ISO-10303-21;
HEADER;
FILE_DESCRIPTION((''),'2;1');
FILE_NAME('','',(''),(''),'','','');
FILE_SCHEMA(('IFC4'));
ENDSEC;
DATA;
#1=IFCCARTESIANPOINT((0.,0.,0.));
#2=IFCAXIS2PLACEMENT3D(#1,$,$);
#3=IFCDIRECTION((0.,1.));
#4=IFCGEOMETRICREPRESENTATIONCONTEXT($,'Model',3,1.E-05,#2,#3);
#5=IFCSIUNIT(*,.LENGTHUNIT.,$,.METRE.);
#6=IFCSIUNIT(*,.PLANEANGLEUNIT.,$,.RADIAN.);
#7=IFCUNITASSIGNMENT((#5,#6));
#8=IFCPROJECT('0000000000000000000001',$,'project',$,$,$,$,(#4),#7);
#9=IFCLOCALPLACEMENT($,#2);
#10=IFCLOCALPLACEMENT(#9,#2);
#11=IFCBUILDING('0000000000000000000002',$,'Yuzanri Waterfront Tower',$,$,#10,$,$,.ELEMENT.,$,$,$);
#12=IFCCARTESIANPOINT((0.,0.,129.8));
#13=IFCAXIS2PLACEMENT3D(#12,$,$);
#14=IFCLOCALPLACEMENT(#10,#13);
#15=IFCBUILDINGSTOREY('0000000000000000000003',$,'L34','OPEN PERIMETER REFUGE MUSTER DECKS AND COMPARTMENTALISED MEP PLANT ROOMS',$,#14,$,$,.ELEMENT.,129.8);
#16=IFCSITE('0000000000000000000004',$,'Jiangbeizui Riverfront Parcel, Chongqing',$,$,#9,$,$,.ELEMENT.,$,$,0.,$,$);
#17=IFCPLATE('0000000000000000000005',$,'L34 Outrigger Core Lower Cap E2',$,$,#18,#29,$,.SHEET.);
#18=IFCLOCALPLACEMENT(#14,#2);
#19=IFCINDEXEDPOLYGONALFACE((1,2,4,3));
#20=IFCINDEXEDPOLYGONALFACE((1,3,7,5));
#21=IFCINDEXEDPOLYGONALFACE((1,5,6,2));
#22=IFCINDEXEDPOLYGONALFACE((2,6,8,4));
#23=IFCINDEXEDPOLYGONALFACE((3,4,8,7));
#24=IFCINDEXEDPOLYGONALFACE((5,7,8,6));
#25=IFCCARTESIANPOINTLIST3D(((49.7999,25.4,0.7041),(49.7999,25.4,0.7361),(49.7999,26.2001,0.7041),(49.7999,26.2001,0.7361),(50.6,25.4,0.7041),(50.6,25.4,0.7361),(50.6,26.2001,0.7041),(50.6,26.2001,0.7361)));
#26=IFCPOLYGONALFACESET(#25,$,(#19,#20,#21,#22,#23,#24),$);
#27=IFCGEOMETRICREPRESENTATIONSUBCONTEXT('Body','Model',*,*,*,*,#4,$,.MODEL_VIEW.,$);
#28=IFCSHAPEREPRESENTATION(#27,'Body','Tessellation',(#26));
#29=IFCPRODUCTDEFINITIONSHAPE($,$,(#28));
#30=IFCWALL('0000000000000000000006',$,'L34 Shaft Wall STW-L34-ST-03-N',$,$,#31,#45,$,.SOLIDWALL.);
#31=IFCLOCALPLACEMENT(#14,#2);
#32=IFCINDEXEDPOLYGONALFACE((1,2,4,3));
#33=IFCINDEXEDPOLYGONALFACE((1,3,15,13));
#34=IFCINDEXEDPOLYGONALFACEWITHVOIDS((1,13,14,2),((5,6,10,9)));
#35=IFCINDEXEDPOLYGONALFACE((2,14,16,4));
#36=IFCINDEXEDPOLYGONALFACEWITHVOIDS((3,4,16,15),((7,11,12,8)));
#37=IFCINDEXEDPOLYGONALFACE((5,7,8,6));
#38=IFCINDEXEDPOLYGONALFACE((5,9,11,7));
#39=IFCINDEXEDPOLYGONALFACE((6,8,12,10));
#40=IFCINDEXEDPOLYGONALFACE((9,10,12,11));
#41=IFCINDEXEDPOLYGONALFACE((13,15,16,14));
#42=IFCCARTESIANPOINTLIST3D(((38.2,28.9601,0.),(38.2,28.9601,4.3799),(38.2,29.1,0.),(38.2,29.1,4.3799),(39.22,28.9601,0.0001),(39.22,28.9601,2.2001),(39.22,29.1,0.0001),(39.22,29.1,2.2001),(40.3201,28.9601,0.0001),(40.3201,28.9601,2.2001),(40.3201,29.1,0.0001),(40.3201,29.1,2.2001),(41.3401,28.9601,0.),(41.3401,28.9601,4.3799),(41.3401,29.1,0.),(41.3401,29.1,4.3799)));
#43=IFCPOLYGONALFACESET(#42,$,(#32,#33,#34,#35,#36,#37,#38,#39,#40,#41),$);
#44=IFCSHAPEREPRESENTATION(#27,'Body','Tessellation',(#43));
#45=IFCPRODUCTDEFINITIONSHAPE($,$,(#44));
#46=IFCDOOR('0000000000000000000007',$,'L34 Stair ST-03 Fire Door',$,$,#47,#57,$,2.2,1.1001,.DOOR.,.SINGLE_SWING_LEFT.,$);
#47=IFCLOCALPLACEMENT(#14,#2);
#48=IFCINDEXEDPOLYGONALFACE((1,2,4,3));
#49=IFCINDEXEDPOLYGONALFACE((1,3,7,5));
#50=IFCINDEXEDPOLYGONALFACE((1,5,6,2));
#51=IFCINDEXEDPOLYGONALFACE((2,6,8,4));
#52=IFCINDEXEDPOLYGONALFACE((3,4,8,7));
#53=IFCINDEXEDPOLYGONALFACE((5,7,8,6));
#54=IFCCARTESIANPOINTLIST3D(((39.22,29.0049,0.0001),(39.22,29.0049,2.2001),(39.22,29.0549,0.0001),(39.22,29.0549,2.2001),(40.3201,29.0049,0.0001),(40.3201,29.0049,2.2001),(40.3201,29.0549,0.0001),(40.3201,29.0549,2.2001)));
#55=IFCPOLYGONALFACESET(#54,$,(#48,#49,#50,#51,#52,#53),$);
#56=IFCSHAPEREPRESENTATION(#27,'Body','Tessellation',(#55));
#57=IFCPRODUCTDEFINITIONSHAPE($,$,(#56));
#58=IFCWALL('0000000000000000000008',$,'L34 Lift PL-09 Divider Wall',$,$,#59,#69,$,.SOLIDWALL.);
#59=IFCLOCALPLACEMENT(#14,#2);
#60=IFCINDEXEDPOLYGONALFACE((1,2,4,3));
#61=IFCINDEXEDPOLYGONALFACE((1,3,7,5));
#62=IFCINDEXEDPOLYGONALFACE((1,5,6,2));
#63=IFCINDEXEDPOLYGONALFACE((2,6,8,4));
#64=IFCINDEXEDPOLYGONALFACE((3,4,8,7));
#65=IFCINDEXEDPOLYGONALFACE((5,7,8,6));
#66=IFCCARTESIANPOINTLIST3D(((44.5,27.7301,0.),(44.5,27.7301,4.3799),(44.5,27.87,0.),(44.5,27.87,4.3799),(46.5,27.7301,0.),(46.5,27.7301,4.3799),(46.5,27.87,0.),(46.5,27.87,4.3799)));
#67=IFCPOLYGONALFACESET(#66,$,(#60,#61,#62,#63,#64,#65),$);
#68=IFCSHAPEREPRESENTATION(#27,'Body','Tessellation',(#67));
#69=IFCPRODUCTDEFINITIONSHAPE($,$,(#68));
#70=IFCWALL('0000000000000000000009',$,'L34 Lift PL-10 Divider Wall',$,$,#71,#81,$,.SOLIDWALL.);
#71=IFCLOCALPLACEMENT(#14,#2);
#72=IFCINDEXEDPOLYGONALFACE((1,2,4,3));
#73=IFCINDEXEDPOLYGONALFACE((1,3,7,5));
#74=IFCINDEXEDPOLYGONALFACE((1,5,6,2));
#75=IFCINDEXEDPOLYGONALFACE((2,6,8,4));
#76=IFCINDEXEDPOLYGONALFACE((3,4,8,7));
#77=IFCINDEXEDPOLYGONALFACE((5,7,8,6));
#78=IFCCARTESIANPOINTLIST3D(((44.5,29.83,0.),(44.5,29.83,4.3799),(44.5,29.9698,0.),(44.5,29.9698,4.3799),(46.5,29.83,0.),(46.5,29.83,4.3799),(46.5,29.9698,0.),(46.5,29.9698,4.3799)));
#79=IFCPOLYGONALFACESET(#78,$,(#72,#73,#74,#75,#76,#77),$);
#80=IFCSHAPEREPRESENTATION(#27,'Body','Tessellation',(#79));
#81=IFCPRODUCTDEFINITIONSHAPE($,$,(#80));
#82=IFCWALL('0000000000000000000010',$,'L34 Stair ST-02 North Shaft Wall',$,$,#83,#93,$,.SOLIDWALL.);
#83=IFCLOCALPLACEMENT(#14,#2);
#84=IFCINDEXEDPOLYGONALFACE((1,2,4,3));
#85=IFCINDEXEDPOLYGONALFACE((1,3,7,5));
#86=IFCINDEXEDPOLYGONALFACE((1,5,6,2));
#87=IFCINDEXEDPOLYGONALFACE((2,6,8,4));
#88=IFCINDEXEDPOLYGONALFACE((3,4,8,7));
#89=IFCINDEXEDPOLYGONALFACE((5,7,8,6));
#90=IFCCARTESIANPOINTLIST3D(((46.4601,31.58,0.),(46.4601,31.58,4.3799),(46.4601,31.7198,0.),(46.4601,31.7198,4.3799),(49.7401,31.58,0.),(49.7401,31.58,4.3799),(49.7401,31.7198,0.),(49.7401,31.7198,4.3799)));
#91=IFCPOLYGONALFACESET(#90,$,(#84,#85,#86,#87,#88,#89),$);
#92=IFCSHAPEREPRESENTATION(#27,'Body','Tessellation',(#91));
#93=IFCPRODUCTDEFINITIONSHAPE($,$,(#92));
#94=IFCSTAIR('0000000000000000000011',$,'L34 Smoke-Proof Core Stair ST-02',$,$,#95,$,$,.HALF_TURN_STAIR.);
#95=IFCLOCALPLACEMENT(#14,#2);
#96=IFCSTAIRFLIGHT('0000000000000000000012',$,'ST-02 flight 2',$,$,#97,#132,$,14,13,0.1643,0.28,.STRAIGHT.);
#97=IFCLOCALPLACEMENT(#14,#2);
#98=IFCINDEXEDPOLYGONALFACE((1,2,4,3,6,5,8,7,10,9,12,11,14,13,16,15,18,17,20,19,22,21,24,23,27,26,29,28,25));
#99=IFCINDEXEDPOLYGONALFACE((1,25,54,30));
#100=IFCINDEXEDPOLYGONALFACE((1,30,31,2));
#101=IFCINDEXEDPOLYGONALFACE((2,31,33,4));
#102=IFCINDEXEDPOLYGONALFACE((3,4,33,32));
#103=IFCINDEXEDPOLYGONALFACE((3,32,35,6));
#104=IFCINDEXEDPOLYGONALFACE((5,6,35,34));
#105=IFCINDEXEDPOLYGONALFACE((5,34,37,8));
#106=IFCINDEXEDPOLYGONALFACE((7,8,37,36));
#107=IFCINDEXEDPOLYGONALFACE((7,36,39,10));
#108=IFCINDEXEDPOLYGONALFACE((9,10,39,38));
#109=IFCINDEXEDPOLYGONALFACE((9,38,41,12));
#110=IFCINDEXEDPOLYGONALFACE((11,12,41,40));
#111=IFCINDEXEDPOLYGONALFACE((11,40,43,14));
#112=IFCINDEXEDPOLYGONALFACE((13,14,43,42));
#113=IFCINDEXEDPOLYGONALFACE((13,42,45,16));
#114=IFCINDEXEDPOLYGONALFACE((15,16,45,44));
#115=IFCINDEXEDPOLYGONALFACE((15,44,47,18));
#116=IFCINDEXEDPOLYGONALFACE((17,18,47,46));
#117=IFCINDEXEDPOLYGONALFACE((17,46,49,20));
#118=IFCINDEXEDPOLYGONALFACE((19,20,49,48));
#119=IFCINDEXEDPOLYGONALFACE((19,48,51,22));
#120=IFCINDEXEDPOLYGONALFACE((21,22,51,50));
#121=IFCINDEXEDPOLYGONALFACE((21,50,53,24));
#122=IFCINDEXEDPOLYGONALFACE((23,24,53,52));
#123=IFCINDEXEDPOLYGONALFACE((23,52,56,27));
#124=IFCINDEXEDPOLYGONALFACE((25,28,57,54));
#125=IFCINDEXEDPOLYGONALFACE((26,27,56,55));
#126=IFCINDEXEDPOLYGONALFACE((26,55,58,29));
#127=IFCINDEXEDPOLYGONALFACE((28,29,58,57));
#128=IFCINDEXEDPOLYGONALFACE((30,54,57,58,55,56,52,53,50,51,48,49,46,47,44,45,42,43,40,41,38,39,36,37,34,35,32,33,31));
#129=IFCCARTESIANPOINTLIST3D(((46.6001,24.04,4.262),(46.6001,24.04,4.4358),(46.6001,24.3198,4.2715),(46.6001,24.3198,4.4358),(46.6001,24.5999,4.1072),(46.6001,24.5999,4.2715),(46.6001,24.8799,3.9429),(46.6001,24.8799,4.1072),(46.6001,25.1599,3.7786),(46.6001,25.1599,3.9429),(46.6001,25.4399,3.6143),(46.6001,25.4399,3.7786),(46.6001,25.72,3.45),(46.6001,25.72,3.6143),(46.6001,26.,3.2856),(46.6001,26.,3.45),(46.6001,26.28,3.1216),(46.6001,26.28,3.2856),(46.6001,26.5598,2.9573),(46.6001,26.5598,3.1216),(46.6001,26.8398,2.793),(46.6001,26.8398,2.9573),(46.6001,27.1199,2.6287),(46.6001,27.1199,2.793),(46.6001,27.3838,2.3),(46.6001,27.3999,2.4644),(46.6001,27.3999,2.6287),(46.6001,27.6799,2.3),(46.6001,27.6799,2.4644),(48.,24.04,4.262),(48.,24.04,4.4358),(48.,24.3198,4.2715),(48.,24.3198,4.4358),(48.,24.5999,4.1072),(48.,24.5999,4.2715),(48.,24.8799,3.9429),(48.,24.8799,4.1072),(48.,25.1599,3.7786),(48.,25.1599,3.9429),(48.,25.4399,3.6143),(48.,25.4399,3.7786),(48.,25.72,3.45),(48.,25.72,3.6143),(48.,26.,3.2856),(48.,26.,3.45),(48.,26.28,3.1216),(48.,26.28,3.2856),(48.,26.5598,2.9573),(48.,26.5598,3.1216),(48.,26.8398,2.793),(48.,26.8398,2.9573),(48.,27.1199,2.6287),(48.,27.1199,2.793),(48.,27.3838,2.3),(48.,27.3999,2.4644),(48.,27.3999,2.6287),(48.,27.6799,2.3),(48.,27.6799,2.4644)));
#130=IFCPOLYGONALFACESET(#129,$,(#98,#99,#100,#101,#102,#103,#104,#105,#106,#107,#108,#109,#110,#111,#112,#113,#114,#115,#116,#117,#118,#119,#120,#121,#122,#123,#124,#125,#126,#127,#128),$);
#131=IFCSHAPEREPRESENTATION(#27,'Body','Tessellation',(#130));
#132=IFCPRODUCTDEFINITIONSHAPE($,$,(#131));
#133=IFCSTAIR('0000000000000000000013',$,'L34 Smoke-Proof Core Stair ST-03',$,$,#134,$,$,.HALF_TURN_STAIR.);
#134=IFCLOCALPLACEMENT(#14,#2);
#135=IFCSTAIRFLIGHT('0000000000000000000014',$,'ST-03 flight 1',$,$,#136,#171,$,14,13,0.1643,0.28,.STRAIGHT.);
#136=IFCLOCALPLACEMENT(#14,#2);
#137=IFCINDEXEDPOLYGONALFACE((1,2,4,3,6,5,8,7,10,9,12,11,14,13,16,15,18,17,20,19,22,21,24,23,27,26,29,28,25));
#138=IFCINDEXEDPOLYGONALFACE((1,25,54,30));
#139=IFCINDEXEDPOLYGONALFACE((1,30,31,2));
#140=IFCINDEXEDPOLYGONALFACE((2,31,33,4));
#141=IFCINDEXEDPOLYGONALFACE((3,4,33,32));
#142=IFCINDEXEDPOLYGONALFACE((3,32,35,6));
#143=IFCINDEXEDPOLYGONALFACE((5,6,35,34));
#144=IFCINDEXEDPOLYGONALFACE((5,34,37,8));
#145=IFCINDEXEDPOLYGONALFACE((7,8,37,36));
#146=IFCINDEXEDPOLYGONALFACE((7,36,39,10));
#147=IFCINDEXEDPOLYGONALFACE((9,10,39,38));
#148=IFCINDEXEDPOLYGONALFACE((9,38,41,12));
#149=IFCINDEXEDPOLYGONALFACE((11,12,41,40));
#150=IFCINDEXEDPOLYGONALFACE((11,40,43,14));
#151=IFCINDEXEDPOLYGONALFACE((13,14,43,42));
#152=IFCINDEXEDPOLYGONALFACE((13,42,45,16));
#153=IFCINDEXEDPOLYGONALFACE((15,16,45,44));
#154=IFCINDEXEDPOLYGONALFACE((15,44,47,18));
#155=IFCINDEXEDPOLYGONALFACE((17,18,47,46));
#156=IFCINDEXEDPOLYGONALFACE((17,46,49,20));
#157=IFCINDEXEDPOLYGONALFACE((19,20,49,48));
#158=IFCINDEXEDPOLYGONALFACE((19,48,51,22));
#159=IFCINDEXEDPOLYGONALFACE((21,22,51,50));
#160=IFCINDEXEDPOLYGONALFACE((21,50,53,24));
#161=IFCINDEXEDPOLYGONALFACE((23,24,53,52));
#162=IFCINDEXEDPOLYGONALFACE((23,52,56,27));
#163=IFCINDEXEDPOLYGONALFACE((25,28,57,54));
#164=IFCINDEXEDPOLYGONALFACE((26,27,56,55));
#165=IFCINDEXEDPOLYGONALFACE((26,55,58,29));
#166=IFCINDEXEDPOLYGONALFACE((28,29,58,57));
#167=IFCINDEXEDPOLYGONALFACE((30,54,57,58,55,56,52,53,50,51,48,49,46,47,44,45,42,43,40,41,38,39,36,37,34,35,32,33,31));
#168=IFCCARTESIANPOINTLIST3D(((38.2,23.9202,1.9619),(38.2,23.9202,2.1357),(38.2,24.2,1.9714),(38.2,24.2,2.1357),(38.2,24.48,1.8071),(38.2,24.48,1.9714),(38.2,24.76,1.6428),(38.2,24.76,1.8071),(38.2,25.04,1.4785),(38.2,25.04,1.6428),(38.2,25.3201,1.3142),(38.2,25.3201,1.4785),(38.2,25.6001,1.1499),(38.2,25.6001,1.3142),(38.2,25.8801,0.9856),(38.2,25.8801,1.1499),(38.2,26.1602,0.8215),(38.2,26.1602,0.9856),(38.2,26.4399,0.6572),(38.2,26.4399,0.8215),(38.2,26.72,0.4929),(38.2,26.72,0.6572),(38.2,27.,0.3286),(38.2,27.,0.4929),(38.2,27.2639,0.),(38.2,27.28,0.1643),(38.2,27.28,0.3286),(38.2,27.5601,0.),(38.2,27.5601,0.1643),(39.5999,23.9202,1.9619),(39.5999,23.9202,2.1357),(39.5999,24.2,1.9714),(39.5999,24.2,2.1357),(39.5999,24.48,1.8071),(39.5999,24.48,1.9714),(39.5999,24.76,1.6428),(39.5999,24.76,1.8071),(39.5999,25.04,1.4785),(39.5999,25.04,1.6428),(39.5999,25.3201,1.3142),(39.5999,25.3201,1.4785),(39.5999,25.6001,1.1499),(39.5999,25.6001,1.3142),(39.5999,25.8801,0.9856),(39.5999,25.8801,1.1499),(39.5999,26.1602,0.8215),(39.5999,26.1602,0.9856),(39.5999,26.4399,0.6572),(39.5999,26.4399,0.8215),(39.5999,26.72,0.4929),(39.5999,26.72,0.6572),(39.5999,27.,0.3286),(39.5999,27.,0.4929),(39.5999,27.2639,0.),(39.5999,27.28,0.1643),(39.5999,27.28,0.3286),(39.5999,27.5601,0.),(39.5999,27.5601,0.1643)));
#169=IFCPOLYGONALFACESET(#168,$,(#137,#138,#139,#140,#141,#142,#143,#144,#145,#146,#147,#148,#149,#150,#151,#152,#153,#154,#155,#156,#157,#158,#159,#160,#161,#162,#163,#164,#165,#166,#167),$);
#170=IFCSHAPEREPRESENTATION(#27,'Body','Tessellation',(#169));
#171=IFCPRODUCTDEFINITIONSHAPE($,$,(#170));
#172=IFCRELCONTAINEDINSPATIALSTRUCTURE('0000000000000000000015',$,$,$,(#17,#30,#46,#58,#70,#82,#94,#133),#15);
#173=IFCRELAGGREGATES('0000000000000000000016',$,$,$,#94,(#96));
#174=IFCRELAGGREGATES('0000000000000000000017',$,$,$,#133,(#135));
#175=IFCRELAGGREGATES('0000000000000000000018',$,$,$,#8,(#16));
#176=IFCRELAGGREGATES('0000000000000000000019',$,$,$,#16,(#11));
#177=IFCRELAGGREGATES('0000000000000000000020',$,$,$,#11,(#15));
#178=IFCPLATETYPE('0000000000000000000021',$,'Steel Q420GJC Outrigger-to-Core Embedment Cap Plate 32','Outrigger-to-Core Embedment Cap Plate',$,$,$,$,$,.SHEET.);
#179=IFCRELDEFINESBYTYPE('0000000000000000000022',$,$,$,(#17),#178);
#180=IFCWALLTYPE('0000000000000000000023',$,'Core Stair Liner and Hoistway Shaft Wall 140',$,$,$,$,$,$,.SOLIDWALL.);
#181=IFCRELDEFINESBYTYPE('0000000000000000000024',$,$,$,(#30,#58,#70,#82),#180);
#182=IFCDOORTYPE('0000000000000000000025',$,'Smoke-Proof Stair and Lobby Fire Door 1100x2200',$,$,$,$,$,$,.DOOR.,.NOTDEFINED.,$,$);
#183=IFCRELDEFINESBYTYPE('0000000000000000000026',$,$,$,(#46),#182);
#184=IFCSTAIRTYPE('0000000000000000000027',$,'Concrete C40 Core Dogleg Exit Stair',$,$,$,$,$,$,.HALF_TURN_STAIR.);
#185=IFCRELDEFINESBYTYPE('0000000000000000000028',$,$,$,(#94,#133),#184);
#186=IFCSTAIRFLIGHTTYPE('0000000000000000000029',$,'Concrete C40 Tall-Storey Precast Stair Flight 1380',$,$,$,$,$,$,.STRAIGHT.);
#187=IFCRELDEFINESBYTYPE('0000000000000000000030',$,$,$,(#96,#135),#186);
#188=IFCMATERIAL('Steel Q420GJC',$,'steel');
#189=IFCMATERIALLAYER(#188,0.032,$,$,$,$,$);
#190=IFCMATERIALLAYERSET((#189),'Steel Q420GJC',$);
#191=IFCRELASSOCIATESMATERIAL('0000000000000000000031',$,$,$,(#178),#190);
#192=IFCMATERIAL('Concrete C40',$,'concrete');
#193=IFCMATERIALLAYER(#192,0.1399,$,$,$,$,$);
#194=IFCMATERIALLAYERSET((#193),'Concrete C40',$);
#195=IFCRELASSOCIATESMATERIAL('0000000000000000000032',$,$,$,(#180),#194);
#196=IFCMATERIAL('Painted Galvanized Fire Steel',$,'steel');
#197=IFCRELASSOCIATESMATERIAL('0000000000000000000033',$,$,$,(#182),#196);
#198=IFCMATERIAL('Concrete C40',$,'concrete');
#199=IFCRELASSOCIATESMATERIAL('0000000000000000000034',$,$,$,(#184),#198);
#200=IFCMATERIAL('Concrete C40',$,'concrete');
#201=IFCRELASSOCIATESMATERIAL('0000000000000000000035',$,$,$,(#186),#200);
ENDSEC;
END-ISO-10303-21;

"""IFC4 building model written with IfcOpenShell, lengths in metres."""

from ifc_helpers import new_model, si_unit, direction, frame, frame_2d, origin, origin_2d, place, context, subcontext, project, spatial, polyline, rectangle, outline, extrude, source, transform, mapped, material, layer, layer_set, type_object, element, fill, aggregate, save


model = new_model("IFC4")

# Units and contexts
model_context = context("Model", 3, precision=1e-05, world=origin(), true_north=direction((0.0, 1.0)))
body_context = subcontext(model_context, "Body", "Model", "MODEL_VIEW")
ifc_project = project(units=[si_unit("LENGTHUNIT", "METRE"), si_unit("PLANEANGLEUNIT", "RADIAN")], contexts=[model_context])

# Site, building, storey
site_placement = place(None, origin())
site = spatial("IfcSite", under=ifc_project, at=site_placement, Name="Jiangbeizui Riverfront Parcel, Chongqing", CompositionType="ELEMENT", RefElevation=0.0)
building_placement = place(site_placement, origin())
building = spatial("IfcBuilding", under=site, at=building_placement, Name="Yuzanri Waterfront Tower", CompositionType="ELEMENT")
storey_placement = place(building_placement, frame((0.0, 0.0, 129.8)))
storey = spatial("IfcBuildingStorey", under=building, at=storey_placement, Name="L34", Description="OPEN PERIMETER REFUGE MUSTER DECKS AND COMPARTMENTALISED MEP PLANT ROOMS", CompositionType="ELEMENT", Elevation=129.8)

# Plate
ifc_material_1 = material(Name="Steel Q420GJC", Category="steel")
ifc_layer_1 = layer(ifc_material_1, 0.032)
ifc_layer_set_1 = layer_set([ifc_layer_1], Name="Steel Q420GJC")
plate_type = type_object("IfcPlateType", Name="Steel Q420GJC Outrigger-to-Core Embedment Cap Plate 32", Description="Outrigger-to-Core Embedment Cap Plate", PredefinedType="SHEET", material=ifc_layer_set_1)
shared_shape_1 = source(origin(), body_context, "Body", "SweptSolid", [
    extrude(rectangle(XDim=0.8, YDim=0.8, at=origin_2d()), origin(), (0.0, 0.0, 1.0), 0.032),
])
plate_placement = place(storey_placement, frame((50.2, 25.8, 0.7041), z_axis=(0.0, 0.0, 1.0), x_axis=(1.0, 0.0, 0.0)))
element("IfcPlate", 1, at=plate_placement, inside=storey, type_object=plate_type, Name="L34 Outrigger Core Lower Cap E2", PredefinedType="SHEET", context=body_context, shape_type="MappedRepresentation", body=[
    mapped(shared_shape_1, transform((0.0, 0.0, 0.0), scale=1.0)),
])

# Wall, opening, door
ifc_material_2 = material(Name="Concrete C40", Category="concrete")
ifc_layer_2 = layer(ifc_material_2, 0.1399)
ifc_layer_set_2 = layer_set([ifc_layer_2], Name="Concrete C40")
wall_type = type_object("IfcWallType", Name="Core Stair Liner and Hoistway Shaft Wall 140", PredefinedType="SOLIDWALL", material=ifc_layer_set_2)
wall_1_placement = place(storey_placement, frame((38.2, 29.03, 0.0), z_axis=(0.0, 0.0, 1.0), x_axis=(1.0, 0.0, 0.0)))
wall_1 = element("IfcWall", 2, at=wall_1_placement, inside=storey, type_object=wall_type, Name="L34 Shaft Wall STW-L34-ST-03-N", PredefinedType="SOLIDWALL", context=body_context, shape_type="SweptSolid", body=[
    extrude(rectangle(XDim=3.1401, YDim=0.1399, at=frame_2d((1.5701, 0.0))), origin(), (0.0, 0.0, 1.0), 4.3799),
])
opening_placement = place(wall_1_placement, frame((1.02, 0.0, 0.0)))
opening = element("IfcOpeningElement", 3, at=opening_placement, cuts=wall_1, PredefinedType="OPENING", context=body_context, shape_type="SweptSolid", body=[
    extrude(rectangle(XDim=1.1001, YDim=2.2, at=frame_2d((0.55, 1.1001))), frame((0.0, 0.085, 0.0), z_axis=(0.0, -1.0, 0.0), x_axis=(1.0, 0.0, 0.0)), (0.0, 0.0, 1.0), 0.1697),
])
ifc_material_3 = material(Name="Painted Galvanized Fire Steel", Category="steel")
door_type = type_object("IfcDoorType", Name="Smoke-Proof Stair and Lobby Fire Door 1100x2200", OperationType="NOTDEFINED", PredefinedType="DOOR", material=ifc_material_3)
shared_shape_2 = source(origin(), body_context, "Body", "SweptSolid", [
    extrude(rectangle(XDim=1.1001, YDim=2.2, at=frame_2d((0.55, 1.1001))), frame((0.0, 0.0249, 0.0), z_axis=(0.0, -1.0, 0.0), x_axis=(1.0, 0.0, 0.0)), (0.0, 0.0, 1.0), 0.05),
])
door_placement = place(opening_placement, origin())
door = element("IfcDoor", 4, at=door_placement, inside=storey, type_object=door_type, Name="L34 Stair ST-03 Fire Door", OperationType="SINGLE_SWING_LEFT", OverallHeight=2.2, OverallWidth=1.1001, PredefinedType="DOOR", context=body_context, shape_type="MappedRepresentation", body=[
    mapped(shared_shape_2, transform((0.0, 0.0, 0.0), scale=1.0)),
])
fill(opening, door)

# Walls
shared_shape_3 = source(origin(), body_context, "Body", "SweptSolid", [
    extrude(rectangle(XDim=2.0, YDim=0.1399, at=frame_2d((1.0, 0.0))), origin(), (0.0, 0.0, 1.0), 4.3799),
])
for number, where, z_axis, x_axis, name in (
    (5, (44.5, 27.8, 0.0), (0.0, 0.0, 1.0), (1.0, 0.0, 0.0), "L34 Lift PL-09 Divider Wall"),
    (6, (44.5, 29.8999, 0.0), (0.0, 0.0, 1.0), (1.0, 0.0, 0.0), "L34 Lift PL-10 Divider Wall"),
):
    element("IfcWall", number, at=place(storey_placement, frame(where, z_axis=z_axis, x_axis=x_axis)), inside=storey, type_object=wall_type, Name=name, PredefinedType="SOLIDWALL", context=body_context, shape_type="MappedRepresentation", body=[
        mapped(shared_shape_3, transform((0.0, 0.0, 0.0), scale=1.0)),
    ])
shared_shape_4 = source(origin(), body_context, "Body", "SweptSolid", [
    extrude(rectangle(XDim=3.28, YDim=0.1399, at=frame_2d((1.6401, 0.0))), origin(), (0.0, 0.0, 1.0), 4.3799),
])
wall_2_placement = place(storey_placement, frame((46.46, 31.6499, 0.0), z_axis=(0.0, 0.0, 1.0), x_axis=(1.0, 0.0, 0.0)))
element("IfcWall", 7, at=wall_2_placement, inside=storey, type_object=wall_type, Name="L34 Stair ST-02 North Shaft Wall", PredefinedType="SOLIDWALL", context=body_context, shape_type="MappedRepresentation", body=[
    mapped(shared_shape_4, transform((0.0, 0.0, 0.0), scale=1.0)),
])

# Stairs, stair flights
ifc_material_4 = material(Name="Concrete C40", Category="concrete")
stair_type = type_object("IfcStairType", Name="Concrete C40 Core Dogleg Exit Stair", PredefinedType="HALF_TURN_STAIR", material=ifc_material_4)
stair_1_placement = place(storey_placement, origin())
stair_1 = element("IfcStair", 8, at=stair_1_placement, inside=storey, type_object=stair_type, Name="L34 Smoke-Proof Core Stair ST-02", PredefinedType="HALF_TURN_STAIR")
ifc_material_5 = material(Name="Concrete C40", Category="concrete")
stair_flight_type = type_object("IfcStairFlightType", Name="Concrete C40 Tall-Storey Precast Stair Flight 1380", PredefinedType="STRAIGHT", material=ifc_material_5)
shared_shape_5 = source(origin(), body_context, "Body", "SweptSolid", [
    extrude(outline(polyline([(0.0, 0.0), (0.0, 0.1643), (0.28, 0.1643), (0.28, 0.3286), (0.5601, 0.3286), (0.5601, 0.4929), (0.8401, 0.4929), (0.8401, 0.6572), (1.1201, 0.6572), (1.1201, 0.8215), (1.3999, 0.8215), (1.3999, 0.9856), (1.6799, 0.9856), (1.6799, 1.1499), (1.96, 1.1499), (1.96, 1.3142), (2.24, 1.3142), (2.24, 1.4785), (2.52, 1.4785), (2.52, 1.6428), (2.8, 1.6428), (2.8, 1.8071), (3.0801, 1.8071), (3.0801, 1.9714), (3.3601, 1.9714), (3.3601, 2.1357), (3.6399, 2.1357), (3.6399, 2.3), (3.6399, 1.9619), (0.2961, 0.0), (0.0, 0.0)])), frame((0.0, 0.7, 0.0), z_axis=(0.0, -1.0, 0.0), x_axis=(1.0, 0.0, 0.0)), (0.0, 0.0, 1.0), 1.3999),
])
stair_flight_1_placement = place(storey_placement, frame((47.3, 27.6799, 2.3), z_axis=(0.0, 0.0, 1.0), x_axis=(0.0, -1.0, 0.0)))
stair_flight_1 = element("IfcStairFlight", 9, at=stair_flight_1_placement, type_object=stair_flight_type, Name="ST-02 flight 2", NumberOfRisers=14, NumberOfTreads=13, PredefinedType="STRAIGHT", RiserHeight=0.1643, TreadLength=0.28, context=body_context, shape_type="MappedRepresentation", body=[
    mapped(shared_shape_5, transform((0.0, 0.0, 0.0), scale=1.0)),
])
aggregate(stair_1, [stair_flight_1])
stair_2_placement = place(storey_placement, origin())
stair_2 = element("IfcStair", 10, at=stair_2_placement, inside=storey, type_object=stair_type, Name="L34 Smoke-Proof Core Stair ST-03", PredefinedType="HALF_TURN_STAIR")
stair_flight_2_placement = place(storey_placement, frame((38.8999, 27.5601, 0.0), z_axis=(0.0, 0.0, 1.0), x_axis=(0.0, -1.0, 0.0)))
stair_flight_2 = element("IfcStairFlight", 11, at=stair_flight_2_placement, type_object=stair_flight_type, Name="ST-03 flight 1", NumberOfRisers=14, NumberOfTreads=13, PredefinedType="STRAIGHT", RiserHeight=0.1643, TreadLength=0.28, context=body_context, shape_type="MappedRepresentation", body=[
    mapped(shared_shape_5, transform((0.0, 0.0, 0.0), scale=1.0)),
])
aggregate(stair_2, [stair_flight_2])

save(model, "model.ifc")
